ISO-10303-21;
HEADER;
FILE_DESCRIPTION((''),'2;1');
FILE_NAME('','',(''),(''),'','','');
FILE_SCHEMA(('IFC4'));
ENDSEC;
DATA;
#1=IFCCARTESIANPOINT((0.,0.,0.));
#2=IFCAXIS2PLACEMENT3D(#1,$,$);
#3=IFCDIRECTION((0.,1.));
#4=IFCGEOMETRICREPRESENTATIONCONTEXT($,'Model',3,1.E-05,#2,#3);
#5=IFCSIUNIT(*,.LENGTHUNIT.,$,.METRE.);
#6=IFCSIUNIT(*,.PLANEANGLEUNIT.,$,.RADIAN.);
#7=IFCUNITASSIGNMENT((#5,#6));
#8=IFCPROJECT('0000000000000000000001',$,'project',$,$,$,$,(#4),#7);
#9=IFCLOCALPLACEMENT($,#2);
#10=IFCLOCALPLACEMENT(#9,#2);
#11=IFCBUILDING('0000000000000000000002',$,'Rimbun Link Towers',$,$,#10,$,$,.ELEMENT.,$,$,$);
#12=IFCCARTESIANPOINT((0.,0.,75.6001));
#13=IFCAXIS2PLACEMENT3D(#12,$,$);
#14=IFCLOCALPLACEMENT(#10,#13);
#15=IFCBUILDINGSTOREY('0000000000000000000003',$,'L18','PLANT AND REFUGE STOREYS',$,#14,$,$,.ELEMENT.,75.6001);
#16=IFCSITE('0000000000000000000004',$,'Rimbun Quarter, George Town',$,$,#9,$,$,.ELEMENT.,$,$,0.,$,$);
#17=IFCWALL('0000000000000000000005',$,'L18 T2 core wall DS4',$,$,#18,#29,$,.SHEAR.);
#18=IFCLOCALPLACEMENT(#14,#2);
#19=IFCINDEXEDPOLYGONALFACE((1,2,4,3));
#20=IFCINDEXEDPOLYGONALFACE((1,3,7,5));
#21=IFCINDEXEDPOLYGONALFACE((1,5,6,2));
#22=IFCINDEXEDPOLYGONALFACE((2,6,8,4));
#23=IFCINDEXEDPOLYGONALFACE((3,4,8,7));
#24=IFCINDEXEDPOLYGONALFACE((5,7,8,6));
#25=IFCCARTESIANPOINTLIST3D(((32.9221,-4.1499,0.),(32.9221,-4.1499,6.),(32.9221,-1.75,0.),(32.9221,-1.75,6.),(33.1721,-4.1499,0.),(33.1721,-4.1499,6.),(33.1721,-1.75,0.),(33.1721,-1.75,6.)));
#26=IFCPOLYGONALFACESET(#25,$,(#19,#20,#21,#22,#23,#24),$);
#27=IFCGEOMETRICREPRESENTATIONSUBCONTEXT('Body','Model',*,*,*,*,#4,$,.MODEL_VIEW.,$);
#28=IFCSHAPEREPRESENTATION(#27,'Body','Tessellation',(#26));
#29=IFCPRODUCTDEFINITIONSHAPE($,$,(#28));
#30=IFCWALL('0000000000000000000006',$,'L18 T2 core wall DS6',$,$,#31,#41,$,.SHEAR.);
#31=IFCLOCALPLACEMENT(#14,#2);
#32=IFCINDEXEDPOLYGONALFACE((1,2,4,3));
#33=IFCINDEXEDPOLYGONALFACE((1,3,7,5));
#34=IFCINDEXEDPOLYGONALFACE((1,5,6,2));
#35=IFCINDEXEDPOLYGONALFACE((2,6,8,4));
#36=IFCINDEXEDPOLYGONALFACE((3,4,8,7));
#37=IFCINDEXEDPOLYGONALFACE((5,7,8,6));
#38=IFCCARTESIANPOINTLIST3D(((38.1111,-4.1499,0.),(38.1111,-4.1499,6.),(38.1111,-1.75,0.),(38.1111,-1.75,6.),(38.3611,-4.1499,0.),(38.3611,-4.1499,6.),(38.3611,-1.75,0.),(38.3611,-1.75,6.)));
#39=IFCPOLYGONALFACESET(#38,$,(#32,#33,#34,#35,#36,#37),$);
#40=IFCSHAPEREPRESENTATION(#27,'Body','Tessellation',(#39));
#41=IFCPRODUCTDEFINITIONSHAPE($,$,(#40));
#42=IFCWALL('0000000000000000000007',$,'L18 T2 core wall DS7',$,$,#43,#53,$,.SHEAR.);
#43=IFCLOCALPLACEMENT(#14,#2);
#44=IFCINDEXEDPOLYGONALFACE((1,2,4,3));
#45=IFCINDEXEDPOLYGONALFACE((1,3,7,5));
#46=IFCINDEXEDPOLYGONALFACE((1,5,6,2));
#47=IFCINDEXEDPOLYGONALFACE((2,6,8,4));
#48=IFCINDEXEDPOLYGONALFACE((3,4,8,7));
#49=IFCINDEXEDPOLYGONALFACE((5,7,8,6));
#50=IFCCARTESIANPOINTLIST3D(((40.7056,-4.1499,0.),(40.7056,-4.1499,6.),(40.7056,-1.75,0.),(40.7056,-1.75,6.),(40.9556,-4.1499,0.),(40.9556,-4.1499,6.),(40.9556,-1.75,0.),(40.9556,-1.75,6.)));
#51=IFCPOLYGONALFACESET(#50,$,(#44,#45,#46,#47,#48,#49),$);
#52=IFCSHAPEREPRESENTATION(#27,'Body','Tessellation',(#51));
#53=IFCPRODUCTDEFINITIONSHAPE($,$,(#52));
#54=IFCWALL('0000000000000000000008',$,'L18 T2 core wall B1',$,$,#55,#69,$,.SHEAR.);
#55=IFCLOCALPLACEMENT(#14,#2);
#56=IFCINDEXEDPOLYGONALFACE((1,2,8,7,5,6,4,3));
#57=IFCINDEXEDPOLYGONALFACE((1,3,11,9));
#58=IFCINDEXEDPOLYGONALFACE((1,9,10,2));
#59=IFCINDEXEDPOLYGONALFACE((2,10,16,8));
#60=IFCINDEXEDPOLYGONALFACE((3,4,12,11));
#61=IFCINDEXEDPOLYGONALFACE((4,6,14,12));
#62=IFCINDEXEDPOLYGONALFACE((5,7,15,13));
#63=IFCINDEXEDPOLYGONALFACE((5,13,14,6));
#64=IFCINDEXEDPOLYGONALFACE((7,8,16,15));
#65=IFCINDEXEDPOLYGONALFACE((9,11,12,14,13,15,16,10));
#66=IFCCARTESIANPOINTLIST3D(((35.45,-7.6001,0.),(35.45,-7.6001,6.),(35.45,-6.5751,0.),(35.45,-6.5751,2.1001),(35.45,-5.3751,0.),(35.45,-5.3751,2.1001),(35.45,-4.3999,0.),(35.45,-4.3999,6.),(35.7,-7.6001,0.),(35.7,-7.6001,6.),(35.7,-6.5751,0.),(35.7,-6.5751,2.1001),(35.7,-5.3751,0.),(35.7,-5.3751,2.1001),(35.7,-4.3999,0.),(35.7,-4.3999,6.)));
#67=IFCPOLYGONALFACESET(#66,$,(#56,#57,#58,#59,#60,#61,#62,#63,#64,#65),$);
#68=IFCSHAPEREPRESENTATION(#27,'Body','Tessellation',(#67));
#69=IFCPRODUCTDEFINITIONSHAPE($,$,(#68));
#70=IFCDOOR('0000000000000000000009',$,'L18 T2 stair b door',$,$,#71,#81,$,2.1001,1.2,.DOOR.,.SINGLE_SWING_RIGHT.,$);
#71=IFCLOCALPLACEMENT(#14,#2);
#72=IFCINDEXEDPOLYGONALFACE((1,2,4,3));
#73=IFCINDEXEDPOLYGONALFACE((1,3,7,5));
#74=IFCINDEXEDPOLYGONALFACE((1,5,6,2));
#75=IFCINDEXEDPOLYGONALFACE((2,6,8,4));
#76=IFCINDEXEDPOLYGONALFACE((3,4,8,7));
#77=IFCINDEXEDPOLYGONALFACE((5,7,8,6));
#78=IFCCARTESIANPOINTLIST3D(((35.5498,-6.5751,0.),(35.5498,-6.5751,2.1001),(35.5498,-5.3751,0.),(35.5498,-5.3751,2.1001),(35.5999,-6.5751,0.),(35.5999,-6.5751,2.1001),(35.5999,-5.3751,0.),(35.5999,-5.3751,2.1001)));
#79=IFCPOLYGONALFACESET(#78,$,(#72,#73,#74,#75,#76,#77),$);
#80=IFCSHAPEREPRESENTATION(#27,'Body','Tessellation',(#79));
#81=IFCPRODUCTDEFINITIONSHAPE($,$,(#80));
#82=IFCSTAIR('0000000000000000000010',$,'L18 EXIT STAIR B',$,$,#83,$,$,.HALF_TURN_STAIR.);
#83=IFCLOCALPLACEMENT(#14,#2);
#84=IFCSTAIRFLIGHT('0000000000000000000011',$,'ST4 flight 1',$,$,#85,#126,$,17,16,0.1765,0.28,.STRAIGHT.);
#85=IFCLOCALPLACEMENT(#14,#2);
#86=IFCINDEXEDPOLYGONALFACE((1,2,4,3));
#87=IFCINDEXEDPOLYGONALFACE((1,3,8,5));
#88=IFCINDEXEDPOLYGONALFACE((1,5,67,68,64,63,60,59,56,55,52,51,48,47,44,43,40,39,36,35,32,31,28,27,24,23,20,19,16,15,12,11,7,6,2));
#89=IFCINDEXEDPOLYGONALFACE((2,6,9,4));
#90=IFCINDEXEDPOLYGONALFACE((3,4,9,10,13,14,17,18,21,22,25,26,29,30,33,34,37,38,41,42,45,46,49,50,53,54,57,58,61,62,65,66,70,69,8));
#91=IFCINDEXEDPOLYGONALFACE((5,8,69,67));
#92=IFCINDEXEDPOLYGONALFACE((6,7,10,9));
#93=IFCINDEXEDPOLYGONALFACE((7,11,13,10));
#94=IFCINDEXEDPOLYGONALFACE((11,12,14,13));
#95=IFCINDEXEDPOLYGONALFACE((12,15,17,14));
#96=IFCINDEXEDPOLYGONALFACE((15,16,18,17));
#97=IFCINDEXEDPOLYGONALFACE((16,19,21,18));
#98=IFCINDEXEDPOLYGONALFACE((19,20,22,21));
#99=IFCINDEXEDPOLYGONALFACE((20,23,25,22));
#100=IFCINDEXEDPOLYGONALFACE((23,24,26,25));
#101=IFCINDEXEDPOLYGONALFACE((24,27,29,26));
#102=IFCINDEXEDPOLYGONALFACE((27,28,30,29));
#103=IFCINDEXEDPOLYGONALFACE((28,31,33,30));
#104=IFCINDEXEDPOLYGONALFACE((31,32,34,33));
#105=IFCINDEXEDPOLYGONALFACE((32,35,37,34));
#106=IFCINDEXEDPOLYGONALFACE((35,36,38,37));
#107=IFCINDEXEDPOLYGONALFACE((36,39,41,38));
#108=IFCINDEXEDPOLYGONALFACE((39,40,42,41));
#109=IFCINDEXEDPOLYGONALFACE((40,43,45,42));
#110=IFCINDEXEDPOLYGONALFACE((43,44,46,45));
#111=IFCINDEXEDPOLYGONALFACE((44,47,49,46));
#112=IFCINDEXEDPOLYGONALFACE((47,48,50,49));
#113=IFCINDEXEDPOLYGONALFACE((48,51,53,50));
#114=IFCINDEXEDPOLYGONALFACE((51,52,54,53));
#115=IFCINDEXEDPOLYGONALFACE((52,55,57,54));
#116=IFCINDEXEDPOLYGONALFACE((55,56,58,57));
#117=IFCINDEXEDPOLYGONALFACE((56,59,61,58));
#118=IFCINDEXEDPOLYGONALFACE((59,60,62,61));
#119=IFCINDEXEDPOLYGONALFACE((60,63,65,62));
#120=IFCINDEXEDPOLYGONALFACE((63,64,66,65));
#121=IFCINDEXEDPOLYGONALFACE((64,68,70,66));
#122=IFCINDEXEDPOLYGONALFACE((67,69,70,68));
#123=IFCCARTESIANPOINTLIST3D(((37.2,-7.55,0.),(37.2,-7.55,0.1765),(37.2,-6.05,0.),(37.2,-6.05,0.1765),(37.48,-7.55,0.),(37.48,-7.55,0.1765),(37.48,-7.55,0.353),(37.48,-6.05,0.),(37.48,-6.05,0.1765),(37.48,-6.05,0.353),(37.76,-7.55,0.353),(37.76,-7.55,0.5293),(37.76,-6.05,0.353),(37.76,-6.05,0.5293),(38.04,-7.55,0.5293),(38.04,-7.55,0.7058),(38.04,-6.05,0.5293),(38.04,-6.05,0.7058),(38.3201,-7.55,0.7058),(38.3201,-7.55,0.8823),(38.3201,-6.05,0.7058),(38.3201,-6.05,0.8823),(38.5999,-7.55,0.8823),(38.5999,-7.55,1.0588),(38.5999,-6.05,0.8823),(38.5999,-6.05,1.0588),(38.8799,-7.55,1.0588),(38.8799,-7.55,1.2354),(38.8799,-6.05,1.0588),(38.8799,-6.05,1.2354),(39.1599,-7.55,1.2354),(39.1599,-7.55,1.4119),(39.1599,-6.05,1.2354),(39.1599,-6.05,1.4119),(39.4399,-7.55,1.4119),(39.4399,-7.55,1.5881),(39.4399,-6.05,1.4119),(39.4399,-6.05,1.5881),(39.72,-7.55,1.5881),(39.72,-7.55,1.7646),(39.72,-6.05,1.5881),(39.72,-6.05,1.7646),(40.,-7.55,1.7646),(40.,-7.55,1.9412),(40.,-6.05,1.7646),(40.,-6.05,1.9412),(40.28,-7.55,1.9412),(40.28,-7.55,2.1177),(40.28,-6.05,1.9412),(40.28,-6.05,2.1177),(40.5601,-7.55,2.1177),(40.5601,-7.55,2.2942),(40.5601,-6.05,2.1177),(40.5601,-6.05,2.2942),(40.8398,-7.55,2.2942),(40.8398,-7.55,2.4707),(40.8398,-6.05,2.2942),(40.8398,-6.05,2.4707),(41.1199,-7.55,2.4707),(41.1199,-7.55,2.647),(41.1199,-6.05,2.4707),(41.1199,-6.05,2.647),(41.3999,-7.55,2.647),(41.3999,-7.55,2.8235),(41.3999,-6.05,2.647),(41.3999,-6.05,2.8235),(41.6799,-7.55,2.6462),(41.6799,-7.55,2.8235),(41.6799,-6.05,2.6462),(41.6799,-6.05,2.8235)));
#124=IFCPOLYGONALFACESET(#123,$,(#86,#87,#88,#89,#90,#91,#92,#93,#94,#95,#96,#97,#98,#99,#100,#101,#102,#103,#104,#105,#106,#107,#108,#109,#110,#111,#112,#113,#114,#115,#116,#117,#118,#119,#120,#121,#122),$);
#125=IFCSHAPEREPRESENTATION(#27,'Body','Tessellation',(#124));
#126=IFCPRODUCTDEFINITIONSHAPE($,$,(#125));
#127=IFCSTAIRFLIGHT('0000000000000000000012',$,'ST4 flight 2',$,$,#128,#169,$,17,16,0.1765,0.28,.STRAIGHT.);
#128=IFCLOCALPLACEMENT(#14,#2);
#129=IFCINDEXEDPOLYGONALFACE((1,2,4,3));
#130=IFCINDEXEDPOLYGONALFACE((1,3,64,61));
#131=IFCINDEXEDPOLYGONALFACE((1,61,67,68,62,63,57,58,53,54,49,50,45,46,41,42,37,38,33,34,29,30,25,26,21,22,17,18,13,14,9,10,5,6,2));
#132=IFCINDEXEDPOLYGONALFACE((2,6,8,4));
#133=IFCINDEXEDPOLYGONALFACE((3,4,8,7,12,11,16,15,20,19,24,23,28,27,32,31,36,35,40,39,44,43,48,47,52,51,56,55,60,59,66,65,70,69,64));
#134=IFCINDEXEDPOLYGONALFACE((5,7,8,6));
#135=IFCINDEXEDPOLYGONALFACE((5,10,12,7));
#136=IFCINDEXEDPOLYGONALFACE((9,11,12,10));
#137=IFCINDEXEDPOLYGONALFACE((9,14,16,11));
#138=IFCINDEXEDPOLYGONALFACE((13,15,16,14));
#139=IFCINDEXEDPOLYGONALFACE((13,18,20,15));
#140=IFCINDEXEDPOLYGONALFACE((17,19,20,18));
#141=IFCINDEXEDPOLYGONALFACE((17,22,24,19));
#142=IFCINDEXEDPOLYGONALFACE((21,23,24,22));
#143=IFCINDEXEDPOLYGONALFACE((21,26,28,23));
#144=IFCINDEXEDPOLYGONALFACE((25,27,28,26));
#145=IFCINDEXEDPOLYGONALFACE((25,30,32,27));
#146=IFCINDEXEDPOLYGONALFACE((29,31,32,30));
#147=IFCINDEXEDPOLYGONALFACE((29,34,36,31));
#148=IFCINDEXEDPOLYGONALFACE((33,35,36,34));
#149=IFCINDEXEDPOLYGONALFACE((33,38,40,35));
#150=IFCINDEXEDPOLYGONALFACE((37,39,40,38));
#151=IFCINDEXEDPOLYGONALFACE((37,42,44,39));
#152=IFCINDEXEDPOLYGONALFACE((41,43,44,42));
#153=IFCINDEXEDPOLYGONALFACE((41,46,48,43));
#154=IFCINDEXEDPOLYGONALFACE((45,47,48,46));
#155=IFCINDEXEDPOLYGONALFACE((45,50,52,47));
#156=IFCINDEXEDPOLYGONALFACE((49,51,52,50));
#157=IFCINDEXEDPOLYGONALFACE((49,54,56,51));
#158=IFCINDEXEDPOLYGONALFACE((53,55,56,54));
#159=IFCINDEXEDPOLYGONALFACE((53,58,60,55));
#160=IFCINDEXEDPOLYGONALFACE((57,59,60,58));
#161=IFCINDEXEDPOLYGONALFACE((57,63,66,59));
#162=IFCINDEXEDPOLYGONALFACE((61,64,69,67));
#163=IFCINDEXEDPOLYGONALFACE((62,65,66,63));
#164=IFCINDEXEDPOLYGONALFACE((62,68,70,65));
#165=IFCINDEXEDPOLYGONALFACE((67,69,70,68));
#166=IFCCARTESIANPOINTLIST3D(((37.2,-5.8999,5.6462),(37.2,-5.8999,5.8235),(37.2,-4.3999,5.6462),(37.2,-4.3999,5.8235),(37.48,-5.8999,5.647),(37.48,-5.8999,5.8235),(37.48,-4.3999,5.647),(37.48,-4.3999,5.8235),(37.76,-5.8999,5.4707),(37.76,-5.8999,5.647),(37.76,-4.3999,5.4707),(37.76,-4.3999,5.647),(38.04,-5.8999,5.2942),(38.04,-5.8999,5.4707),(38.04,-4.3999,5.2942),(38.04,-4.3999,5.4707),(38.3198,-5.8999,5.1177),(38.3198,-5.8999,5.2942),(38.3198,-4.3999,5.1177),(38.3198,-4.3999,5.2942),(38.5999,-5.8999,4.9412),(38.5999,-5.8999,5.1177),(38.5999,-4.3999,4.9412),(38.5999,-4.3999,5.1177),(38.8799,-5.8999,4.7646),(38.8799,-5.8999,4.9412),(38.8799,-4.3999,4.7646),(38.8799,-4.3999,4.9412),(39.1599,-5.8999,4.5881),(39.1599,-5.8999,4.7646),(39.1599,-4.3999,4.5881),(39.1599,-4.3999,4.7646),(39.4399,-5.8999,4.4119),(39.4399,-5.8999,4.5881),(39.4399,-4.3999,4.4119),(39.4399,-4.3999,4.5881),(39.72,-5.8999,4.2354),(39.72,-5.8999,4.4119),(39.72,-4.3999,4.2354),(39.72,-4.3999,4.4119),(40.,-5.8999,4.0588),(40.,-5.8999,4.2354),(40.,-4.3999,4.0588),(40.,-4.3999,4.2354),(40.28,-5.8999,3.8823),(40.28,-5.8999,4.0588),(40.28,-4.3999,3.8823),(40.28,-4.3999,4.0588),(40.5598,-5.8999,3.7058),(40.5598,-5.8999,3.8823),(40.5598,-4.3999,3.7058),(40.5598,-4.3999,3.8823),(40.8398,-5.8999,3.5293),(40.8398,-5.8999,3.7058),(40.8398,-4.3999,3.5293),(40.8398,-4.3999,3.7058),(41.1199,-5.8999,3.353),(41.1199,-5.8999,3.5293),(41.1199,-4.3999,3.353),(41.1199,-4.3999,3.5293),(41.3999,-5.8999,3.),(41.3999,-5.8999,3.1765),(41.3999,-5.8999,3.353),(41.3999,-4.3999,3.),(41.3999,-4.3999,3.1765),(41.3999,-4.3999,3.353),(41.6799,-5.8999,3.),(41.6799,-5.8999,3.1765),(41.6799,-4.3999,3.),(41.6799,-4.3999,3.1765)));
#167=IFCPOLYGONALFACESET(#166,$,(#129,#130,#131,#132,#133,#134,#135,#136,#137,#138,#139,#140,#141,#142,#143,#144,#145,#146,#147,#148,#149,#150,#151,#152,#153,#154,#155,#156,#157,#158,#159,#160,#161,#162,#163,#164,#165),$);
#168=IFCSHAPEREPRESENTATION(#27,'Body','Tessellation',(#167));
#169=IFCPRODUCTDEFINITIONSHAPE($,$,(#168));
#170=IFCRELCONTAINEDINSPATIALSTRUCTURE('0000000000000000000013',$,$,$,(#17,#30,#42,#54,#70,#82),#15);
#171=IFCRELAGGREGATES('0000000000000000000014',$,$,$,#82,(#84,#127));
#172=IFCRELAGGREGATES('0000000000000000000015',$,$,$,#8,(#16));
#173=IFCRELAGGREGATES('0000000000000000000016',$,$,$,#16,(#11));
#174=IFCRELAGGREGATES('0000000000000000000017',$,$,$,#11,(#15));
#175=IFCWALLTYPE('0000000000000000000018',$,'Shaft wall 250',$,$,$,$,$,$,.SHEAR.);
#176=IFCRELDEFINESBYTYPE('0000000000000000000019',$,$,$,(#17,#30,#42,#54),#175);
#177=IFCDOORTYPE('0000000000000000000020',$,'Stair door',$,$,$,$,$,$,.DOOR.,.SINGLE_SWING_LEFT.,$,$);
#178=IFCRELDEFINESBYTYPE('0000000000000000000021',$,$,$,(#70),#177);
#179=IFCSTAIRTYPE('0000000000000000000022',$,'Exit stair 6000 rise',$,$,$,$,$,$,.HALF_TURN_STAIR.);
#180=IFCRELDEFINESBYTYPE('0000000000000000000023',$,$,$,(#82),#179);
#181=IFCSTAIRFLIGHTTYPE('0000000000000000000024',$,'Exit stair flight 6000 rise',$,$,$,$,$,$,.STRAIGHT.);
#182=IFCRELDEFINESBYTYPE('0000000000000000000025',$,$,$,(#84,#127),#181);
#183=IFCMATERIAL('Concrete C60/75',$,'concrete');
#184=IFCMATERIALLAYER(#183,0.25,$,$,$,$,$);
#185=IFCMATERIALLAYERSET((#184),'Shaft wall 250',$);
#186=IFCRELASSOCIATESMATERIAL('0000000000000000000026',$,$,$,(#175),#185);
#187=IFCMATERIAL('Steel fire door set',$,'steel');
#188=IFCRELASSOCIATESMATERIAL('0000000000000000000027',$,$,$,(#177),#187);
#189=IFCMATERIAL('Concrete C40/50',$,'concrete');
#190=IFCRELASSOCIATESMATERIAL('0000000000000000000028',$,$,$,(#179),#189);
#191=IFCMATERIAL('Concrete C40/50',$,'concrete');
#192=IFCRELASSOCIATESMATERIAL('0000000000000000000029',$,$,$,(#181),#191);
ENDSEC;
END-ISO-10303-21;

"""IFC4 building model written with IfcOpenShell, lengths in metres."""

from ifc_helpers import new_model, si_unit, direction, frame, frame_2d, origin, place, context, subcontext, project, spatial, polyline, rectangle, outline, extrude, material, layer, layer_set, type_object, element, fill, aggregate, save


model = new_model("IFC4")

# Units and contexts
model_context = context("Model", 3, precision=1e-05, world=origin(), true_north=direction((0.0, 1.0)))
body_context = subcontext(model_context, "Body", "Model", "MODEL_VIEW")
ifc_project = project(units=[si_unit("LENGTHUNIT", "METRE"), si_unit("PLANEANGLEUNIT", "RADIAN")], contexts=[model_context])

# Site, building, storey
site_placement = place(None, origin())
site = spatial("IfcSite", under=ifc_project, at=site_placement, Name="Rimbun Quarter, George Town", CompositionType="ELEMENT", RefElevation=0.0)
building_placement = place(site_placement, origin())
building = spatial("IfcBuilding", under=site, at=building_placement, Name="Rimbun Link Towers", CompositionType="ELEMENT")
storey_placement = place(building_placement, frame((0.0, 0.0, 75.6001)))
storey = spatial("IfcBuildingStorey", under=building, at=storey_placement, Name="L18", Description="PLANT AND REFUGE STOREYS", CompositionType="ELEMENT", Elevation=75.6001)

# Walls
ifc_material_1 = material(Name="Concrete C60/75", Category="concrete")
ifc_layer_1 = layer(ifc_material_1, 0.25)
ifc_layer_set_1 = layer_set([ifc_layer_1], Name="Shaft wall 250")
wall_type_1 = type_object("IfcWallType", Name="Shaft wall 250", PredefinedType="SHEAR", material=ifc_layer_set_1)
for number, where, z_axis, x_axis, name in (
    (1, (33.0471, -4.1499, 0.0), (0.0, 0.0, 1.0), (0.0, 1.0, 0.0), "L18 T2 core wall DS4"),
    (2, (38.2361, -4.1499, 0.0), (0.0, 0.0, 1.0), (0.0, 1.0, 0.0), "L18 T2 core wall DS6"),
    (3, (40.8306, -4.1499, 0.0), (0.0, 0.0, 1.0), (0.0, 1.0, 0.0), "L18 T2 core wall DS7"),
):
    element("IfcWall", number, at=place(storey_placement, frame(where, z_axis=z_axis, x_axis=x_axis)), inside=storey, type_object=wall_type_1, Name=name, PredefinedType="SHEAR", context=body_context, shape_type="SweptSolid", body=[
        extrude(rectangle(XDim=2.3999, YDim=0.25, at=frame_2d((1.2, 0.0))), origin(), (0.0, 0.0, 1.0), 6.0),
    ])

# Wall, opening, door
wall_1_placement = place(storey_placement, frame((35.575, -4.3999, 0.0), z_axis=(0.0, 0.0, 1.0), x_axis=(0.0, -1.0, 0.0)))
wall_1 = element("IfcWall", 4, at=wall_1_placement, inside=storey, type_object=wall_type_1, Name="L18 T2 core wall B1", PredefinedType="SHEAR", context=body_context, shape_type="SweptSolid", body=[
    extrude(rectangle(XDim=3.2002, YDim=0.25, at=frame_2d((1.6001, 0.0))), origin(), (0.0, 0.0, 1.0), 6.0),
])
opening_1_placement = place(wall_1_placement, frame((0.9751, 0.0, 0.0)))
opening_1 = element("IfcOpeningElement", 5, at=opening_1_placement, cuts=wall_1, PredefinedType="OPENING", context=body_context, shape_type="SweptSolid", body=[
    extrude(rectangle(XDim=1.2, YDim=2.1001, at=frame_2d((0.6001, 1.05))), frame((0.0, 0.135, 0.0), z_axis=(0.0, -1.0, 0.0), x_axis=(1.0, 0.0, 0.0)), (0.0, 0.0, 1.0), 0.27),
])
ifc_material_2 = material(Name="Steel fire door set", Category="steel")
door_type_1 = type_object("IfcDoorType", Name="Stair door", OperationType="SINGLE_SWING_LEFT", PredefinedType="DOOR", material=ifc_material_2)
door_1_placement = place(opening_1_placement, origin())
door_1 = element("IfcDoor", 6, at=door_1_placement, inside=storey, type_object=door_type_1, Name="L18 T2 stair b door", OperationType="SINGLE_SWING_RIGHT", OverallHeight=2.1001, OverallWidth=1.2, PredefinedType="DOOR", context=body_context, shape_type="SweptSolid", body=[
    extrude(rectangle(XDim=1.2, YDim=2.1001, at=frame_2d((0.6001, 1.05))), frame((0.0, 0.0249, 0.0), z_axis=(0.0, -1.0, 0.0), x_axis=(1.0, 0.0, 0.0)), (0.0, 0.0, 1.0), 0.05),
])
fill(opening_1, door_1)

# Stair, stair flights
ifc_material_3 = material(Name="Concrete C40/50", Category="concrete")
stair_type = type_object("IfcStairType", Name="Exit stair 6000 rise", PredefinedType="HALF_TURN_STAIR", material=ifc_material_3)
stair_placement = place(storey_placement, origin())
stair = element("IfcStair", 7, at=stair_placement, inside=storey, type_object=stair_type, Name="L18 EXIT STAIR B", PredefinedType="HALF_TURN_STAIR")
ifc_material_4 = material(Name="Concrete C40/50", Category="concrete")
stair_flight_type = type_object("IfcStairFlightType", Name="Exit stair flight 6000 rise", PredefinedType="STRAIGHT", material=ifc_material_4)
stair_flight_1_placement = place(storey_placement, frame((37.2, -6.8, 0.0), z_axis=(0.0, 0.0, 1.0), x_axis=(1.0, 0.0, 0.0)))
stair_flight_1 = element("IfcStairFlight", 8, at=stair_flight_1_placement, type_object=stair_flight_type, Name="ST4 flight 1", NumberOfRisers=17, NumberOfTreads=16, PredefinedType="STRAIGHT", RiserHeight=0.1765, TreadLength=0.28, context=body_context, shape_type="SweptSolid", body=[
    extrude(outline(polyline([(0.0, 0.0), (0.0, 0.1765), (0.28, 0.1765), (0.28, 0.353), (0.5601, 0.353), (0.5601, 0.5293), (0.8401, 0.5293), (0.8401, 0.7058), (1.1201, 0.7058), (1.1201, 0.8823), (1.3999, 0.8823), (1.3999, 1.0588), (1.6799, 1.0588), (1.6799, 1.2354), (1.96, 1.2354), (1.96, 1.4119), (2.24, 1.4119), (2.24, 1.5881), (2.52, 1.5881), (2.52, 1.7646), (2.8, 1.7646), (2.8, 1.9412), (3.0801, 1.9412), (3.0801, 2.1177), (3.3601, 2.1177), (3.3601, 2.2942), (3.6399, 2.2942), (3.6399, 2.4707), (3.9199, 2.4707), (3.9199, 2.647), (4.2, 2.647), (4.2, 2.8235), (4.48, 2.8235), (4.48, 3.0), (4.48, 2.6462), (0.28, 0.0), (0.0, 0.0)])), frame((0.0, 0.75, 0.0), z_axis=(0.0, -1.0, 0.0), x_axis=(1.0, 0.0, 0.0)), (0.0, 0.0, 1.0), 1.5),
])
stair_flight_2_placement = place(storey_placement, frame((41.6799, -5.1499, 3.0), z_axis=(0.0, 0.0, 1.0), x_axis=(-1.0, 0.0, 0.0)))
stair_flight_2 = element("IfcStairFlight", 9, at=stair_flight_2_placement, type_object=stair_flight_type, Name="ST4 flight 2", NumberOfRisers=17, NumberOfTreads=16, PredefinedType="STRAIGHT", RiserHeight=0.1765, TreadLength=0.28, context=body_context, shape_type="SweptSolid", body=[
    extrude(outline(polyline([(0.0, 0.0), (0.0, 0.1765), (0.28, 0.1765), (0.28, 0.353), (0.5601, 0.353), (0.5601, 0.5293), (0.8401, 0.5293), (0.8401, 0.7058), (1.1201, 0.7058), (1.1201, 0.8823), (1.3999, 0.8823), (1.3999, 1.0588), (1.6799, 1.0588), (1.6799, 1.2354), (1.96, 1.2354), (1.96, 1.4119), (2.24, 1.4119), (2.24, 1.5881), (2.52, 1.5881), (2.52, 1.7646), (2.8, 1.7646), (2.8, 1.9412), (3.0801, 1.9412), (3.0801, 2.1177), (3.3601, 2.1177), (3.3601, 2.2942), (3.6399, 2.2942), (3.6399, 2.4707), (3.9199, 2.4707), (3.9199, 2.647), (4.2, 2.647), (4.2, 2.8235), (4.48, 2.8235), (4.48, 3.0), (4.48, 2.6462), (0.28, 0.0), (0.0, 0.0)])), frame((0.0, 0.75, 0.0), z_axis=(0.0, -1.0, 0.0), x_axis=(1.0, 0.0, 0.0)), (0.0, 0.0, 1.0), 1.5),
])
aggregate(stair, [stair_flight_1, stair_flight_2])

save(model, "model.ifc")
